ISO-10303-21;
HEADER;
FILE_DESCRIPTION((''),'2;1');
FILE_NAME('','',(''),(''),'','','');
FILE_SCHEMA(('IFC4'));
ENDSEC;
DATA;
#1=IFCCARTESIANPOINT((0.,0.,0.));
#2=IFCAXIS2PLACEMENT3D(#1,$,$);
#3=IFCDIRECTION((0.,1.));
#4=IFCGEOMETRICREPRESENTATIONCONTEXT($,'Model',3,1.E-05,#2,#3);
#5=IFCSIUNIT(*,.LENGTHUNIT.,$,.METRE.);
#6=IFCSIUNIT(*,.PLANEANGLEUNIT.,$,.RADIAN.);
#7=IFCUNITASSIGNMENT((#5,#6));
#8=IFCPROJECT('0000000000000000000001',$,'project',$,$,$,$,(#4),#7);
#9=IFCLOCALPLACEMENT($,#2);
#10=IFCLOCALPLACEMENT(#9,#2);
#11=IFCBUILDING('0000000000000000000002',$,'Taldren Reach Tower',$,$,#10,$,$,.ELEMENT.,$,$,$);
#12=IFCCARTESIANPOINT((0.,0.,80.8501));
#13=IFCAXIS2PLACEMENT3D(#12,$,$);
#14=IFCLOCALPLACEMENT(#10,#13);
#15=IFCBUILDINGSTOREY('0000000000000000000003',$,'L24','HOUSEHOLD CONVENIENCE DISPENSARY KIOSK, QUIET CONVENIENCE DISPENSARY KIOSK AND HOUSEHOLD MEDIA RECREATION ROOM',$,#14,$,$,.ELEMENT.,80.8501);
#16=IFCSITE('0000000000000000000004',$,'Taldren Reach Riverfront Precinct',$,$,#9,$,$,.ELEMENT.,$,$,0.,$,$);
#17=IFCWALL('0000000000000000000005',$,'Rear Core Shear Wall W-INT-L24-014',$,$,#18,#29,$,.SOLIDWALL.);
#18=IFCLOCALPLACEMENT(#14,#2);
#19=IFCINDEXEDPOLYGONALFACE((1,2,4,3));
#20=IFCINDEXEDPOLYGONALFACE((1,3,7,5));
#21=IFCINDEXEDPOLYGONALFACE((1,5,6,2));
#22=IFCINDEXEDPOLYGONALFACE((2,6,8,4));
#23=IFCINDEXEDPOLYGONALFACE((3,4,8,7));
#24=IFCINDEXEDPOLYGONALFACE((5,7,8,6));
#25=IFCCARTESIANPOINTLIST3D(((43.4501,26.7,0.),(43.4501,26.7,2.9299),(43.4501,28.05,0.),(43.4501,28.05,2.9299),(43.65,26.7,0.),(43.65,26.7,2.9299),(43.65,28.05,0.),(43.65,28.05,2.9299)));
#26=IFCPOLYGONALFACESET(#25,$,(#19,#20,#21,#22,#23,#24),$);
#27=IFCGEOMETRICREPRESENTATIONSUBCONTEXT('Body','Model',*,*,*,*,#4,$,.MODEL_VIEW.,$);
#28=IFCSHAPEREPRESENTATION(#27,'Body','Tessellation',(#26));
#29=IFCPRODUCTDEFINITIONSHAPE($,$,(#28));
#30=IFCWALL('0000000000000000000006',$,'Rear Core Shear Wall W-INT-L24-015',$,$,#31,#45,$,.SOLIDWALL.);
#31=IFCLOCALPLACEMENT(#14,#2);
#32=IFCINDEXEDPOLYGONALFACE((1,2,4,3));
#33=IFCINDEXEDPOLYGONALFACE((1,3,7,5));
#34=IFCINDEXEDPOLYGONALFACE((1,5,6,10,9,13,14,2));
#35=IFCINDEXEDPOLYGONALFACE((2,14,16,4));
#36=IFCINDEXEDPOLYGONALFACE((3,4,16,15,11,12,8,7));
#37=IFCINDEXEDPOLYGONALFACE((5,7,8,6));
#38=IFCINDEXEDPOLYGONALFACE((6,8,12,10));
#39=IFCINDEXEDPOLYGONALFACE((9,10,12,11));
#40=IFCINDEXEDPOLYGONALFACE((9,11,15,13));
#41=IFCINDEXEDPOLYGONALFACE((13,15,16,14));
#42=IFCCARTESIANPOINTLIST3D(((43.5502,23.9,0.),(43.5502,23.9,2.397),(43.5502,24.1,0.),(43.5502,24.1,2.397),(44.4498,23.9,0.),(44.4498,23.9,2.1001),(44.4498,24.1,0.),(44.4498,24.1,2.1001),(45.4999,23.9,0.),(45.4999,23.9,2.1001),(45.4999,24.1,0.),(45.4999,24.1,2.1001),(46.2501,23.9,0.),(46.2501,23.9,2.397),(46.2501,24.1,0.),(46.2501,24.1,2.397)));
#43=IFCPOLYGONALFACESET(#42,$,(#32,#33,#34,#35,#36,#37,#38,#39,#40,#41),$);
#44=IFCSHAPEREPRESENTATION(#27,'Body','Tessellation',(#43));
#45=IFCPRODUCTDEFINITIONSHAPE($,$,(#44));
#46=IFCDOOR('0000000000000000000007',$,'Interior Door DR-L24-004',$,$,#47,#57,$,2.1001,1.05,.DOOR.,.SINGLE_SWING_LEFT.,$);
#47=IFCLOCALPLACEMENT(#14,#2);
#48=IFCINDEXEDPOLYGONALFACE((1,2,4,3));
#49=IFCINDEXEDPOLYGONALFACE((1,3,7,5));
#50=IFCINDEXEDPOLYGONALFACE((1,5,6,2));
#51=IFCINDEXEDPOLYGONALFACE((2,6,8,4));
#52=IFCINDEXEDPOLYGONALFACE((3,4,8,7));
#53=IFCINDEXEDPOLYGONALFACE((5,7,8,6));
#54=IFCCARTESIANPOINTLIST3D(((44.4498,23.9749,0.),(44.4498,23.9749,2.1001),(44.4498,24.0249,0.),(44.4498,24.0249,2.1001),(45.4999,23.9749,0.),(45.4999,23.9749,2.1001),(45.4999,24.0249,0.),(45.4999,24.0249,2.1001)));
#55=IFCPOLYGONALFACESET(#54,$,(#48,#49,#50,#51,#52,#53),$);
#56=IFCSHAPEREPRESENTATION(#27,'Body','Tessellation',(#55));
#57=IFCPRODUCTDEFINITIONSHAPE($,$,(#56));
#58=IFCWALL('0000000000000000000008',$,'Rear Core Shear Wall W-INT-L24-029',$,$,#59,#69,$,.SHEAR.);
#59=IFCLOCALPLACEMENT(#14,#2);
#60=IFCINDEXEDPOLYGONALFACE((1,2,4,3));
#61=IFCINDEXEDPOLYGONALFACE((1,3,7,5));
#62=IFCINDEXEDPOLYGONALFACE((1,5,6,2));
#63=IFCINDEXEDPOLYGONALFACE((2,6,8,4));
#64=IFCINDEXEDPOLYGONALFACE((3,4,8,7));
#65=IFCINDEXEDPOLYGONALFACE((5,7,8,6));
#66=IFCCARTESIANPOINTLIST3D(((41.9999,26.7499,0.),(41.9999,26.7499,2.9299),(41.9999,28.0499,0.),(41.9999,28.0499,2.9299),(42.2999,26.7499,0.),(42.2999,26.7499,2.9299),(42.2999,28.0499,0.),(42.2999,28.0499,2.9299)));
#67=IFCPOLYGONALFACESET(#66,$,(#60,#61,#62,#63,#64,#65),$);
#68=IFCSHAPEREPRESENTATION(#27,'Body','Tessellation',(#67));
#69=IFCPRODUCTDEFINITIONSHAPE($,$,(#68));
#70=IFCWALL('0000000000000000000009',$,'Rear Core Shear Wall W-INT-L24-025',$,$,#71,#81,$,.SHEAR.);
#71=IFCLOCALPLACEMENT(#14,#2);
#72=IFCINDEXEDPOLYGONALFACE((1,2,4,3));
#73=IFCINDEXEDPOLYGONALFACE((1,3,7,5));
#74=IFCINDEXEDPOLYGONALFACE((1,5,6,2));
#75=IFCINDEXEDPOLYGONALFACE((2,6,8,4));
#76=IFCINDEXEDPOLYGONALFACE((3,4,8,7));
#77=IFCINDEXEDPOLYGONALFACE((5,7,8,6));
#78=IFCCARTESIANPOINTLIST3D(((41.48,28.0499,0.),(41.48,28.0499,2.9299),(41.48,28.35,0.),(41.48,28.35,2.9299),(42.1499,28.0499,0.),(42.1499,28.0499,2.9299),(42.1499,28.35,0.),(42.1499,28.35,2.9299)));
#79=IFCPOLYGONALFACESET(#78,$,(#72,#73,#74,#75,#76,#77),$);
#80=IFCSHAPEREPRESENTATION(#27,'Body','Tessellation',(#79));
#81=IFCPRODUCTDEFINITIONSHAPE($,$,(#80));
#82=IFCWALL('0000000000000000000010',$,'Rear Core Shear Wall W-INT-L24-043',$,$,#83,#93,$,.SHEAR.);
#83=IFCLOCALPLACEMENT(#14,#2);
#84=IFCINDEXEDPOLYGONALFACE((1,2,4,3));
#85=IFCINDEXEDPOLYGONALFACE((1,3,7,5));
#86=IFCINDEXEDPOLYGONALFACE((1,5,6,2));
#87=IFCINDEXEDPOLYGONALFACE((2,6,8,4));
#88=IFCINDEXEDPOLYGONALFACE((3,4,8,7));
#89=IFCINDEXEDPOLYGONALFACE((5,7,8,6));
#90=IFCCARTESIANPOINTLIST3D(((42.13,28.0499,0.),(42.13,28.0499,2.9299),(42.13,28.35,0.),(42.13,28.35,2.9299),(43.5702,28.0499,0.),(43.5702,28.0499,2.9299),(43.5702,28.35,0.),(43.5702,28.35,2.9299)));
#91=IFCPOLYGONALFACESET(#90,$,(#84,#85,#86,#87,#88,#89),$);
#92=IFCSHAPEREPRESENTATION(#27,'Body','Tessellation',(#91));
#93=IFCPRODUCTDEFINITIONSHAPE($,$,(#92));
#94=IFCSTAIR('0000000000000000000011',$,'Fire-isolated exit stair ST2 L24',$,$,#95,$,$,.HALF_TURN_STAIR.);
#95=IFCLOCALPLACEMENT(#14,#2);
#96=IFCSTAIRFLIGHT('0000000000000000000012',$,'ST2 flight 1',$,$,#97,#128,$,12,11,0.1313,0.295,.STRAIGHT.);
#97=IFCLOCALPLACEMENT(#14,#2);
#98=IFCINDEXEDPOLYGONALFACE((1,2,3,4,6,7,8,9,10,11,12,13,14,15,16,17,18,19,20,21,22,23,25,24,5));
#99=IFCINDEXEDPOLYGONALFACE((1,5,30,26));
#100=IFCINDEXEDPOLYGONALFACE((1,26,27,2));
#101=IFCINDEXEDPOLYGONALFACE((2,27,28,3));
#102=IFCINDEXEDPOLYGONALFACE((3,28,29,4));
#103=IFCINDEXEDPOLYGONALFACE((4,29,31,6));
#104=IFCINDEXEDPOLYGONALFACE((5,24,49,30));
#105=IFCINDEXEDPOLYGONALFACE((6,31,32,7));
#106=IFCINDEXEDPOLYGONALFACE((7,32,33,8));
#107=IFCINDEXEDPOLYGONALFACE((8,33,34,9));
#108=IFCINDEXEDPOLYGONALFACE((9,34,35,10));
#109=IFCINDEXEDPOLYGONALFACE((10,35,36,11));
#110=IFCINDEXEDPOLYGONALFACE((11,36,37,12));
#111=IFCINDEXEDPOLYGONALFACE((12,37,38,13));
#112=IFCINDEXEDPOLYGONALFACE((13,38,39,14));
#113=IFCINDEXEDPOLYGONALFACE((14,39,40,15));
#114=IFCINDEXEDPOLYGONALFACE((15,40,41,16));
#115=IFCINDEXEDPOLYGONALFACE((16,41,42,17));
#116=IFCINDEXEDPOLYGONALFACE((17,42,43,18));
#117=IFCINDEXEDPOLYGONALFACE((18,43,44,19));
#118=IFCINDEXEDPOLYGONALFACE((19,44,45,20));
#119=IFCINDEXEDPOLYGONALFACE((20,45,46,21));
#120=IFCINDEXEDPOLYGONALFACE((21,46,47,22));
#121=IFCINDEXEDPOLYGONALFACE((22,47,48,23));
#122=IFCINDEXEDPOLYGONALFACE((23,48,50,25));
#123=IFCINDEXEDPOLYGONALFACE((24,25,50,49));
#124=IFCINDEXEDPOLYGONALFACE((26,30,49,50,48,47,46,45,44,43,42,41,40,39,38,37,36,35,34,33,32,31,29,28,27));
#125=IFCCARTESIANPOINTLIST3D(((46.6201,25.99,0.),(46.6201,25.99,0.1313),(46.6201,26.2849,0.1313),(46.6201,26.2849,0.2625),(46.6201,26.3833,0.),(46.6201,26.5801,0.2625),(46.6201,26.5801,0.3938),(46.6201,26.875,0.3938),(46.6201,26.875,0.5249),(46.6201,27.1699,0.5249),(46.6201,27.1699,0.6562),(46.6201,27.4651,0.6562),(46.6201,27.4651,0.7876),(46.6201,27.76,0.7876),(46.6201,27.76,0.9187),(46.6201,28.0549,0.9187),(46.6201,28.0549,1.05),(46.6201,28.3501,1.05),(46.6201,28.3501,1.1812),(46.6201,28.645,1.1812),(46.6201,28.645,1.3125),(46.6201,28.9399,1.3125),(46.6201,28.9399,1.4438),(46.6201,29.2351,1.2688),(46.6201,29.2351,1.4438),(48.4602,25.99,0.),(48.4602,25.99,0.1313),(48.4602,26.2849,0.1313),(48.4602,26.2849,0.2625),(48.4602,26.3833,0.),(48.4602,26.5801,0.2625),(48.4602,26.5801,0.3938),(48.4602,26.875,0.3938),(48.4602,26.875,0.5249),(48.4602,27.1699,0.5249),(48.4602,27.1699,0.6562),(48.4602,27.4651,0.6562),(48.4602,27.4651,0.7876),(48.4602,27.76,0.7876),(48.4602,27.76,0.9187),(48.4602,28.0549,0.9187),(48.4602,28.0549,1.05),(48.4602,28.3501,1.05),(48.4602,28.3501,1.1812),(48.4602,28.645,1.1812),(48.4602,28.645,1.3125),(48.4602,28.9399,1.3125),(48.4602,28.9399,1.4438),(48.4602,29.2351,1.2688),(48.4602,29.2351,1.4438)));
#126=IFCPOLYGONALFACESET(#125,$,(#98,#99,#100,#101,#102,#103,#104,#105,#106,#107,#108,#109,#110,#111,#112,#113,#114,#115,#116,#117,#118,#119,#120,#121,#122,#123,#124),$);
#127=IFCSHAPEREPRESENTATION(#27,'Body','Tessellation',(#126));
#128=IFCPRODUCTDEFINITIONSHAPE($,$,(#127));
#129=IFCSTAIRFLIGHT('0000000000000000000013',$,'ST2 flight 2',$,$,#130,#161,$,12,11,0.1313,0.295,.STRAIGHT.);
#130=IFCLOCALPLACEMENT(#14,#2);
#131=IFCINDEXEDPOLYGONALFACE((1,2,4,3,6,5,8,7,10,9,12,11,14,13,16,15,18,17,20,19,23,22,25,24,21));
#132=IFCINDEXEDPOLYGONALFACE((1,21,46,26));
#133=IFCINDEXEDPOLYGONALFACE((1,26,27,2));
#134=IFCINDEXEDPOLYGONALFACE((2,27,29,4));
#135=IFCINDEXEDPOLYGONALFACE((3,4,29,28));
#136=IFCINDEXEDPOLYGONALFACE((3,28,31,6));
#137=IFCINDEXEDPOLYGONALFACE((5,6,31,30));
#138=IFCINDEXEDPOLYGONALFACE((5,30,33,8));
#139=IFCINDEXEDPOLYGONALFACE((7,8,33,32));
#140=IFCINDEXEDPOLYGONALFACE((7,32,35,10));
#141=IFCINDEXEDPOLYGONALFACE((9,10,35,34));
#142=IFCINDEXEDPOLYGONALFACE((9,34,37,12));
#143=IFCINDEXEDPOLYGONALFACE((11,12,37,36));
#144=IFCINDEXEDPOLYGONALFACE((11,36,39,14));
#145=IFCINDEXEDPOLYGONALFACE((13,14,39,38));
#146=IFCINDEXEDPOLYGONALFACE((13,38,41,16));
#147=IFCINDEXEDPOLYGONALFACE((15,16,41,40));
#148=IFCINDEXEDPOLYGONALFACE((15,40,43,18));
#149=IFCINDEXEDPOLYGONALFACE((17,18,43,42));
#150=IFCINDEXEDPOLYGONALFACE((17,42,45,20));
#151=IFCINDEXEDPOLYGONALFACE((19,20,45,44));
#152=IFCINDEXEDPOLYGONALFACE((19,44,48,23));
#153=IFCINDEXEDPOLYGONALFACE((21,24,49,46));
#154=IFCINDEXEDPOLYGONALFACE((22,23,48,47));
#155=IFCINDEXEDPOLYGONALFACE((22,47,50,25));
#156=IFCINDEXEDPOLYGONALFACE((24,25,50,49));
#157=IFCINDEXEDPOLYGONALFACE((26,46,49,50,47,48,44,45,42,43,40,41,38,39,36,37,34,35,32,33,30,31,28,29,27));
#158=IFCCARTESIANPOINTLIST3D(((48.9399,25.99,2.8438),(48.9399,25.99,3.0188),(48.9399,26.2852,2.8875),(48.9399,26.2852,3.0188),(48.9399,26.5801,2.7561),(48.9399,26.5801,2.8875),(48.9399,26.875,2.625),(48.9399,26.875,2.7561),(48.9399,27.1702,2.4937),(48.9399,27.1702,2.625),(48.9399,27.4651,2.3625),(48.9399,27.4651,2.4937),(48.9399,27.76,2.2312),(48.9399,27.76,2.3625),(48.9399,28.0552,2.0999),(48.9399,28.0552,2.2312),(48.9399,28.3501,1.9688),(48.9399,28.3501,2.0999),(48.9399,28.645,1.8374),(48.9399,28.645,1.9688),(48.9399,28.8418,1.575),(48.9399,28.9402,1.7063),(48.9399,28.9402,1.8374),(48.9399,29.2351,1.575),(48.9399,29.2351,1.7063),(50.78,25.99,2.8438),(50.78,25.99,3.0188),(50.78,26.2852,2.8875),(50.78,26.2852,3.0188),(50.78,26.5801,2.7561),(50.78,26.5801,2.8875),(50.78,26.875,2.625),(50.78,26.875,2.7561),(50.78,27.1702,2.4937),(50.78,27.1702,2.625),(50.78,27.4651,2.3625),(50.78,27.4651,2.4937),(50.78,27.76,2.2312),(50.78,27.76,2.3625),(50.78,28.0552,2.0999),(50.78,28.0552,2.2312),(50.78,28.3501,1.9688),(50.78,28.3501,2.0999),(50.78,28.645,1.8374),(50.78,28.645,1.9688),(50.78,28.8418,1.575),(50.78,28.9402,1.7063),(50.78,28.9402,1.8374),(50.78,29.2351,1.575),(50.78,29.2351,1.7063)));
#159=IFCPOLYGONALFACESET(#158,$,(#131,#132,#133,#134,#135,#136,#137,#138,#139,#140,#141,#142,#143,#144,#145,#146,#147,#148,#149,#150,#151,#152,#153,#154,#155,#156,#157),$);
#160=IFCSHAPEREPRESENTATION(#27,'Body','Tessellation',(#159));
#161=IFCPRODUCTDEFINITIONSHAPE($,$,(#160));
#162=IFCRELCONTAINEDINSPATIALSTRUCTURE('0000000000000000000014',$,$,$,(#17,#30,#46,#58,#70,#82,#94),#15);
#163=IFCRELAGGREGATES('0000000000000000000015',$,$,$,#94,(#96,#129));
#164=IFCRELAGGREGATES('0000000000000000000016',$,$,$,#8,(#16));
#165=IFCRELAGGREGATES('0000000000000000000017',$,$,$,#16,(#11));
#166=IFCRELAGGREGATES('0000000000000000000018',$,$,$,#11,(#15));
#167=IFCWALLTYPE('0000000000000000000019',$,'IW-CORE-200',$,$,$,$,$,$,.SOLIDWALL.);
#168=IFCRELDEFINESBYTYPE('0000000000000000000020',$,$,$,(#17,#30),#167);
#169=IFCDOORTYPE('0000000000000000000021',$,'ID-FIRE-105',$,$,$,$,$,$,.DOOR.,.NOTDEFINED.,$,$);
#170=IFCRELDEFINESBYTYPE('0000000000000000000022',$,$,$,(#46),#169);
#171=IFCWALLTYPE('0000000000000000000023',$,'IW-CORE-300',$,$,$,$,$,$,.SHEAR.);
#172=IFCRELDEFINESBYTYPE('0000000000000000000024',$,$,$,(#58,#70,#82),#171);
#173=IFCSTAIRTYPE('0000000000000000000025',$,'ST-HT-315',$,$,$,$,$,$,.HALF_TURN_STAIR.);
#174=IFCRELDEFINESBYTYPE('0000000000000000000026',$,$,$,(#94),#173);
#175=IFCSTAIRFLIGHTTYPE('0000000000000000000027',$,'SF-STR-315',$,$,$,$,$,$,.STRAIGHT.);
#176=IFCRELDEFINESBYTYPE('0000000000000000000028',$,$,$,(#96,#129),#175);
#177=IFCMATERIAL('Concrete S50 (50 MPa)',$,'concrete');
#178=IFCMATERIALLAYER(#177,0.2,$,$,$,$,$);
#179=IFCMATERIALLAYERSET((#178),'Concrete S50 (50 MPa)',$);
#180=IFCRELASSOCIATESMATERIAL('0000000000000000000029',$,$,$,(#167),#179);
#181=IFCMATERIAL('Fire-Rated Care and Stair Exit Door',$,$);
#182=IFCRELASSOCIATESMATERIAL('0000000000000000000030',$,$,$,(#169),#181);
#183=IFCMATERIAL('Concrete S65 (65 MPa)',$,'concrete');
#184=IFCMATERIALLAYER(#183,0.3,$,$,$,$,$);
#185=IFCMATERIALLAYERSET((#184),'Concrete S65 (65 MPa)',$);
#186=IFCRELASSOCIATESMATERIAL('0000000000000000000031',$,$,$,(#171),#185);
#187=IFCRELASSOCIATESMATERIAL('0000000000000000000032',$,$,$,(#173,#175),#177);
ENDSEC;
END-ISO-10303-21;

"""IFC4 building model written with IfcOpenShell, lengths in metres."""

from ifc_helpers import new_model, si_unit, direction, frame, frame_2d, origin, place, context, subcontext, project, spatial, polyline, rectangle, outline, extrude, source, transform, mapped, material, layer, layer_set, type_object, element, fill, aggregate, save


model = new_model("IFC4")

# Units and contexts
model_context = context("Model", 3, precision=1e-05, world=origin(), true_north=direction((0.0, 1.0)))
body_context = subcontext(model_context, "Body", "Model", "MODEL_VIEW")
ifc_project = project(units=[si_unit("LENGTHUNIT", "METRE"), si_unit("PLANEANGLEUNIT", "RADIAN")], contexts=[model_context])

# Site, building, storey
site_placement = place(None, origin())
site = spatial("IfcSite", under=ifc_project, at=site_placement, Name="Taldren Reach Riverfront Precinct", CompositionType="ELEMENT", RefElevation=0.0)
building_placement = place(site_placement, origin())
building = spatial("IfcBuilding", under=site, at=building_placement, Name="Taldren Reach Tower", CompositionType="ELEMENT")
storey_placement = place(building_placement, frame((0.0, 0.0, 80.8501)))
storey = spatial("IfcBuildingStorey", under=building, at=storey_placement, Name="L24", Description="HOUSEHOLD CONVENIENCE DISPENSARY KIOSK, QUIET CONVENIENCE DISPENSARY KIOSK AND HOUSEHOLD MEDIA RECREATION ROOM", CompositionType="ELEMENT", Elevation=80.8501)

# Shared definitions
ifc_material_1 = material(Name="Concrete S50 (50 MPa)", Category="concrete")
ifc_layer_1 = layer(ifc_material_1, 0.2)
ifc_layer_set_1 = layer_set([ifc_layer_1], Name="Concrete S50 (50 MPa)")
wall_type_1 = type_object("IfcWallType", Name="IW-CORE-200", PredefinedType="SOLIDWALL", material=ifc_layer_set_1)

# Shared definitions
shared_shape_1 = source(origin(), body_context, "Body", "SweptSolid", [
    extrude(rectangle(XDim=1.05, YDim=2.1001, at=frame_2d((0.5249, 1.05))), frame((0.0, 0.1099, 0.0), z_axis=(0.0, -1.0, 0.0), x_axis=(1.0, 0.0, 0.0)), (0.0, 0.0, 1.0), 0.22),
])
ifc_material_2 = material(Name="Fire-Rated Care and Stair Exit Door")
door_type_1 = type_object("IfcDoorType", Name="ID-FIRE-105", OperationType="NOTDEFINED", PredefinedType="DOOR", material=ifc_material_2)
shared_shape_2 = source(origin(), body_context, "Body", "SweptSolid", [
    extrude(rectangle(XDim=1.05, YDim=2.1001, at=frame_2d((0.5249, 1.05))), frame((0.0, 0.0249, 0.0), z_axis=(0.0, -1.0, 0.0), x_axis=(1.0, 0.0, 0.0)), (0.0, 0.0, 1.0), 0.05),
])
ifc_material_3 = material(Name="Concrete S65 (65 MPa)", Category="concrete")
ifc_layer_2 = layer(ifc_material_3, 0.3)
ifc_layer_set_2 = layer_set([ifc_layer_2], Name="Concrete S65 (65 MPa)")
wall_type_2 = type_object("IfcWallType", Name="IW-CORE-300", PredefinedType="SHEAR", material=ifc_layer_set_2)

# Wall
shared_shape_3 = source(origin(), body_context, "Body", "SweptSolid", [
    extrude(rectangle(XDim=1.3501, YDim=0.2, at=frame_2d((0.675, 0.0))), origin(), (0.0, 0.0, 1.0), 2.9299),
])
wall_1_placement = place(storey_placement, frame((43.55, 28.05, 0.0), z_axis=(0.0, 0.0, 1.0), x_axis=(0.0, -1.0, 0.0)))
element("IfcWall", 1, at=wall_1_placement, inside=storey, type_object=wall_type_1, Name="Rear Core Shear Wall W-INT-L24-014", PredefinedType="SOLIDWALL", context=body_context, shape_type="MappedRepresentation", body=[
    mapped(shared_shape_3, transform((0.0, 0.0, 0.0), scale=1.0)),
])

# Wall, opening, door
shared_shape_4 = source(origin(), body_context, "Body", "SweptSolid", [
    extrude(rectangle(XDim=2.7, YDim=0.2, at=frame_2d((1.3501, 0.0))), origin(), (0.0, 0.0, 1.0), 2.397),
])
wall_2_placement = place(storey_placement, frame((43.55, 24.0, 0.0), z_axis=(0.0, 0.0, 1.0), x_axis=(1.0, 0.0, 0.0)))
wall_2 = element("IfcWall", 2, at=wall_2_placement, inside=storey, type_object=wall_type_1, Name="Rear Core Shear Wall W-INT-L24-015", PredefinedType="SOLIDWALL", context=body_context, shape_type="MappedRepresentation", body=[
    mapped(shared_shape_4, transform((0.0, 0.0, 0.0), scale=1.0)),
])
opening_1_placement = place(wall_2_placement, frame((0.8999, 0.0, 0.0)))
opening_1 = element("IfcOpeningElement", 3, at=opening_1_placement, cuts=wall_2, PredefinedType="OPENING", context=body_context, shape_type="MappedRepresentation", body=[
    mapped(shared_shape_1, transform((0.0, 0.0, 0.0), scale=1.0)),
])
door_1_placement = place(opening_1_placement, origin())
door_1 = element("IfcDoor", 4, at=door_1_placement, inside=storey, type_object=door_type_1, Name="Interior Door DR-L24-004", OperationType="SINGLE_SWING_LEFT", OverallHeight=2.1001, OverallWidth=1.05, PredefinedType="DOOR", context=body_context, shape_type="MappedRepresentation", body=[
    mapped(shared_shape_2, transform((0.0, 0.0, 0.0), scale=1.0)),
])
fill(opening_1, door_1)

# Walls
shared_shape_5 = source(origin(), body_context, "Body", "SweptSolid", [
    extrude(rectangle(XDim=1.3, YDim=0.3, at=frame_2d((0.6499, 0.0))), origin(), (0.0, 0.0, 1.0), 2.9299),
])
wall_3_placement = place(storey_placement, frame((42.1499, 26.75, 0.0), z_axis=(0.0, 0.0, 1.0), x_axis=(0.0, 1.0, 0.0)))
element("IfcWall", 5, at=wall_3_placement, inside=storey, type_object=wall_type_2, Name="Rear Core Shear Wall W-INT-L24-029", PredefinedType="SHEAR", context=body_context, shape_type="MappedRepresentation", body=[
    mapped(shared_shape_5, transform((0.0, 0.0, 0.0), scale=1.0)),
])
shared_shape_6 = source(origin(), body_context, "Body", "SweptSolid", [
    extrude(rectangle(XDim=0.6699, YDim=0.3, at=frame_2d((0.335, 0.0))), origin(), (0.0, 0.0, 1.0), 2.9299),
])
wall_4_placement = place(storey_placement, frame((42.1499, 28.2, 0.0), z_axis=(0.0, 0.0, 1.0), x_axis=(-1.0, 0.0, 0.0)))
element("IfcWall", 6, at=wall_4_placement, inside=storey, type_object=wall_type_2, Name="Rear Core Shear Wall W-INT-L24-025", PredefinedType="SHEAR", context=body_context, shape_type="MappedRepresentation", body=[
    mapped(shared_shape_6, transform((0.0, 0.0, 0.0), scale=1.0)),
])
shared_shape_7 = source(origin(), body_context, "Body", "SweptSolid", [
    extrude(rectangle(XDim=1.4402, YDim=0.3, at=frame_2d((0.7202, 0.0))), origin(), (0.0, 0.0, 1.0), 2.9299),
])
wall_5_placement = place(storey_placement, frame((42.1299, 28.2, 0.0), z_axis=(0.0, 0.0, 1.0), x_axis=(1.0, 0.0, 0.0)))
element("IfcWall", 7, at=wall_5_placement, inside=storey, type_object=wall_type_2, Name="Rear Core Shear Wall W-INT-L24-043", PredefinedType="SHEAR", context=body_context, shape_type="MappedRepresentation", body=[
    mapped(shared_shape_7, transform((0.0, 0.0, 0.0), scale=1.0)),
])

# Stair, stair flights
stair_type = type_object("IfcStairType", Name="ST-HT-315", PredefinedType="HALF_TURN_STAIR", material=ifc_material_1)
stair_placement = place(storey_placement, origin())
stair = element("IfcStair", 8, at=stair_placement, inside=storey, type_object=stair_type, Name="Fire-isolated exit stair ST2 L24", PredefinedType="HALF_TURN_STAIR")
stair_flight_type = type_object("IfcStairFlightType", Name="SF-STR-315", PredefinedType="STRAIGHT", material=ifc_material_1)
stair_flight_1_placement = place(storey_placement, frame((47.54, 25.99, 0.0), z_axis=(0.0, 0.0, 1.0), x_axis=(0.0, 1.0, 0.0)))
stair_flight_1 = element("IfcStairFlight", 9, at=stair_flight_1_placement, type_object=stair_flight_type, Name="ST2 flight 1", NumberOfRisers=12, NumberOfTreads=11, PredefinedType="STRAIGHT", RiserHeight=0.1313, TreadLength=0.295, context=body_context, shape_type="SweptSolid", body=[
    extrude(outline(polyline([(0.0, 0.0), (0.0, 0.1313), (0.2949, 0.1313), (0.2949, 0.2625), (0.5901, 0.2625), (0.5901, 0.3938), (0.885, 0.3938), (0.885, 0.5249), (1.1799, 0.5249), (1.1799, 0.6562), (1.4751, 0.6562), (1.4751, 0.7876), (1.77, 0.7876), (1.77, 0.9187), (2.0649, 0.9187), (2.0649, 1.05), (2.3601, 1.05), (2.3601, 1.1812), (2.655, 1.1812), (2.655, 1.3125), (2.95, 1.3125), (2.95, 1.4438), (3.2451, 1.4438), (3.2451, 1.575), (3.2451, 1.2688), (0.3933, 0.0), (0.0, 0.0)])), frame((0.0, 0.9199, 0.0), z_axis=(0.0, -1.0, 0.0), x_axis=(1.0, 0.0, 0.0)), (0.0, 0.0, 1.0), 1.8401),
])
stair_flight_2_placement = place(storey_placement, frame((49.8601, 29.2351, 1.575), z_axis=(0.0, 0.0, 1.0), x_axis=(0.0, -1.0, 0.0)))
stair_flight_2 = element("IfcStairFlight", 10, at=stair_flight_2_placement, type_object=stair_flight_type, Name="ST2 flight 2", NumberOfRisers=12, NumberOfTreads=11, PredefinedType="STRAIGHT", RiserHeight=0.1313, TreadLength=0.295, context=body_context, shape_type="SweptSolid", body=[
    extrude(outline(polyline([(0.0, 0.0), (0.0, 0.1313), (0.2949, 0.1313), (0.2949, 0.2625), (0.5901, 0.2625), (0.5901, 0.3938), (0.885, 0.3938), (0.885, 0.5249), (1.1799, 0.5249), (1.1799, 0.6562), (1.4751, 0.6562), (1.4751, 0.7876), (1.77, 0.7876), (1.77, 0.9187), (2.0649, 0.9187), (2.0649, 1.05), (2.3601, 1.05), (2.3601, 1.1812), (2.655, 1.1812), (2.655, 1.3125), (2.95, 1.3125), (2.95, 1.4438), (3.2451, 1.4438), (3.2451, 1.575), (3.2451, 1.2688), (0.3933, 0.0), (0.0, 0.0)])), frame((0.0, 0.9199, 0.0), z_axis=(0.0, -1.0, 0.0), x_axis=(1.0, 0.0, 0.0)), (0.0, 0.0, 1.0), 1.8401),
])
aggregate(stair, [stair_flight_1, stair_flight_2])

save(model, "model.ifc")
